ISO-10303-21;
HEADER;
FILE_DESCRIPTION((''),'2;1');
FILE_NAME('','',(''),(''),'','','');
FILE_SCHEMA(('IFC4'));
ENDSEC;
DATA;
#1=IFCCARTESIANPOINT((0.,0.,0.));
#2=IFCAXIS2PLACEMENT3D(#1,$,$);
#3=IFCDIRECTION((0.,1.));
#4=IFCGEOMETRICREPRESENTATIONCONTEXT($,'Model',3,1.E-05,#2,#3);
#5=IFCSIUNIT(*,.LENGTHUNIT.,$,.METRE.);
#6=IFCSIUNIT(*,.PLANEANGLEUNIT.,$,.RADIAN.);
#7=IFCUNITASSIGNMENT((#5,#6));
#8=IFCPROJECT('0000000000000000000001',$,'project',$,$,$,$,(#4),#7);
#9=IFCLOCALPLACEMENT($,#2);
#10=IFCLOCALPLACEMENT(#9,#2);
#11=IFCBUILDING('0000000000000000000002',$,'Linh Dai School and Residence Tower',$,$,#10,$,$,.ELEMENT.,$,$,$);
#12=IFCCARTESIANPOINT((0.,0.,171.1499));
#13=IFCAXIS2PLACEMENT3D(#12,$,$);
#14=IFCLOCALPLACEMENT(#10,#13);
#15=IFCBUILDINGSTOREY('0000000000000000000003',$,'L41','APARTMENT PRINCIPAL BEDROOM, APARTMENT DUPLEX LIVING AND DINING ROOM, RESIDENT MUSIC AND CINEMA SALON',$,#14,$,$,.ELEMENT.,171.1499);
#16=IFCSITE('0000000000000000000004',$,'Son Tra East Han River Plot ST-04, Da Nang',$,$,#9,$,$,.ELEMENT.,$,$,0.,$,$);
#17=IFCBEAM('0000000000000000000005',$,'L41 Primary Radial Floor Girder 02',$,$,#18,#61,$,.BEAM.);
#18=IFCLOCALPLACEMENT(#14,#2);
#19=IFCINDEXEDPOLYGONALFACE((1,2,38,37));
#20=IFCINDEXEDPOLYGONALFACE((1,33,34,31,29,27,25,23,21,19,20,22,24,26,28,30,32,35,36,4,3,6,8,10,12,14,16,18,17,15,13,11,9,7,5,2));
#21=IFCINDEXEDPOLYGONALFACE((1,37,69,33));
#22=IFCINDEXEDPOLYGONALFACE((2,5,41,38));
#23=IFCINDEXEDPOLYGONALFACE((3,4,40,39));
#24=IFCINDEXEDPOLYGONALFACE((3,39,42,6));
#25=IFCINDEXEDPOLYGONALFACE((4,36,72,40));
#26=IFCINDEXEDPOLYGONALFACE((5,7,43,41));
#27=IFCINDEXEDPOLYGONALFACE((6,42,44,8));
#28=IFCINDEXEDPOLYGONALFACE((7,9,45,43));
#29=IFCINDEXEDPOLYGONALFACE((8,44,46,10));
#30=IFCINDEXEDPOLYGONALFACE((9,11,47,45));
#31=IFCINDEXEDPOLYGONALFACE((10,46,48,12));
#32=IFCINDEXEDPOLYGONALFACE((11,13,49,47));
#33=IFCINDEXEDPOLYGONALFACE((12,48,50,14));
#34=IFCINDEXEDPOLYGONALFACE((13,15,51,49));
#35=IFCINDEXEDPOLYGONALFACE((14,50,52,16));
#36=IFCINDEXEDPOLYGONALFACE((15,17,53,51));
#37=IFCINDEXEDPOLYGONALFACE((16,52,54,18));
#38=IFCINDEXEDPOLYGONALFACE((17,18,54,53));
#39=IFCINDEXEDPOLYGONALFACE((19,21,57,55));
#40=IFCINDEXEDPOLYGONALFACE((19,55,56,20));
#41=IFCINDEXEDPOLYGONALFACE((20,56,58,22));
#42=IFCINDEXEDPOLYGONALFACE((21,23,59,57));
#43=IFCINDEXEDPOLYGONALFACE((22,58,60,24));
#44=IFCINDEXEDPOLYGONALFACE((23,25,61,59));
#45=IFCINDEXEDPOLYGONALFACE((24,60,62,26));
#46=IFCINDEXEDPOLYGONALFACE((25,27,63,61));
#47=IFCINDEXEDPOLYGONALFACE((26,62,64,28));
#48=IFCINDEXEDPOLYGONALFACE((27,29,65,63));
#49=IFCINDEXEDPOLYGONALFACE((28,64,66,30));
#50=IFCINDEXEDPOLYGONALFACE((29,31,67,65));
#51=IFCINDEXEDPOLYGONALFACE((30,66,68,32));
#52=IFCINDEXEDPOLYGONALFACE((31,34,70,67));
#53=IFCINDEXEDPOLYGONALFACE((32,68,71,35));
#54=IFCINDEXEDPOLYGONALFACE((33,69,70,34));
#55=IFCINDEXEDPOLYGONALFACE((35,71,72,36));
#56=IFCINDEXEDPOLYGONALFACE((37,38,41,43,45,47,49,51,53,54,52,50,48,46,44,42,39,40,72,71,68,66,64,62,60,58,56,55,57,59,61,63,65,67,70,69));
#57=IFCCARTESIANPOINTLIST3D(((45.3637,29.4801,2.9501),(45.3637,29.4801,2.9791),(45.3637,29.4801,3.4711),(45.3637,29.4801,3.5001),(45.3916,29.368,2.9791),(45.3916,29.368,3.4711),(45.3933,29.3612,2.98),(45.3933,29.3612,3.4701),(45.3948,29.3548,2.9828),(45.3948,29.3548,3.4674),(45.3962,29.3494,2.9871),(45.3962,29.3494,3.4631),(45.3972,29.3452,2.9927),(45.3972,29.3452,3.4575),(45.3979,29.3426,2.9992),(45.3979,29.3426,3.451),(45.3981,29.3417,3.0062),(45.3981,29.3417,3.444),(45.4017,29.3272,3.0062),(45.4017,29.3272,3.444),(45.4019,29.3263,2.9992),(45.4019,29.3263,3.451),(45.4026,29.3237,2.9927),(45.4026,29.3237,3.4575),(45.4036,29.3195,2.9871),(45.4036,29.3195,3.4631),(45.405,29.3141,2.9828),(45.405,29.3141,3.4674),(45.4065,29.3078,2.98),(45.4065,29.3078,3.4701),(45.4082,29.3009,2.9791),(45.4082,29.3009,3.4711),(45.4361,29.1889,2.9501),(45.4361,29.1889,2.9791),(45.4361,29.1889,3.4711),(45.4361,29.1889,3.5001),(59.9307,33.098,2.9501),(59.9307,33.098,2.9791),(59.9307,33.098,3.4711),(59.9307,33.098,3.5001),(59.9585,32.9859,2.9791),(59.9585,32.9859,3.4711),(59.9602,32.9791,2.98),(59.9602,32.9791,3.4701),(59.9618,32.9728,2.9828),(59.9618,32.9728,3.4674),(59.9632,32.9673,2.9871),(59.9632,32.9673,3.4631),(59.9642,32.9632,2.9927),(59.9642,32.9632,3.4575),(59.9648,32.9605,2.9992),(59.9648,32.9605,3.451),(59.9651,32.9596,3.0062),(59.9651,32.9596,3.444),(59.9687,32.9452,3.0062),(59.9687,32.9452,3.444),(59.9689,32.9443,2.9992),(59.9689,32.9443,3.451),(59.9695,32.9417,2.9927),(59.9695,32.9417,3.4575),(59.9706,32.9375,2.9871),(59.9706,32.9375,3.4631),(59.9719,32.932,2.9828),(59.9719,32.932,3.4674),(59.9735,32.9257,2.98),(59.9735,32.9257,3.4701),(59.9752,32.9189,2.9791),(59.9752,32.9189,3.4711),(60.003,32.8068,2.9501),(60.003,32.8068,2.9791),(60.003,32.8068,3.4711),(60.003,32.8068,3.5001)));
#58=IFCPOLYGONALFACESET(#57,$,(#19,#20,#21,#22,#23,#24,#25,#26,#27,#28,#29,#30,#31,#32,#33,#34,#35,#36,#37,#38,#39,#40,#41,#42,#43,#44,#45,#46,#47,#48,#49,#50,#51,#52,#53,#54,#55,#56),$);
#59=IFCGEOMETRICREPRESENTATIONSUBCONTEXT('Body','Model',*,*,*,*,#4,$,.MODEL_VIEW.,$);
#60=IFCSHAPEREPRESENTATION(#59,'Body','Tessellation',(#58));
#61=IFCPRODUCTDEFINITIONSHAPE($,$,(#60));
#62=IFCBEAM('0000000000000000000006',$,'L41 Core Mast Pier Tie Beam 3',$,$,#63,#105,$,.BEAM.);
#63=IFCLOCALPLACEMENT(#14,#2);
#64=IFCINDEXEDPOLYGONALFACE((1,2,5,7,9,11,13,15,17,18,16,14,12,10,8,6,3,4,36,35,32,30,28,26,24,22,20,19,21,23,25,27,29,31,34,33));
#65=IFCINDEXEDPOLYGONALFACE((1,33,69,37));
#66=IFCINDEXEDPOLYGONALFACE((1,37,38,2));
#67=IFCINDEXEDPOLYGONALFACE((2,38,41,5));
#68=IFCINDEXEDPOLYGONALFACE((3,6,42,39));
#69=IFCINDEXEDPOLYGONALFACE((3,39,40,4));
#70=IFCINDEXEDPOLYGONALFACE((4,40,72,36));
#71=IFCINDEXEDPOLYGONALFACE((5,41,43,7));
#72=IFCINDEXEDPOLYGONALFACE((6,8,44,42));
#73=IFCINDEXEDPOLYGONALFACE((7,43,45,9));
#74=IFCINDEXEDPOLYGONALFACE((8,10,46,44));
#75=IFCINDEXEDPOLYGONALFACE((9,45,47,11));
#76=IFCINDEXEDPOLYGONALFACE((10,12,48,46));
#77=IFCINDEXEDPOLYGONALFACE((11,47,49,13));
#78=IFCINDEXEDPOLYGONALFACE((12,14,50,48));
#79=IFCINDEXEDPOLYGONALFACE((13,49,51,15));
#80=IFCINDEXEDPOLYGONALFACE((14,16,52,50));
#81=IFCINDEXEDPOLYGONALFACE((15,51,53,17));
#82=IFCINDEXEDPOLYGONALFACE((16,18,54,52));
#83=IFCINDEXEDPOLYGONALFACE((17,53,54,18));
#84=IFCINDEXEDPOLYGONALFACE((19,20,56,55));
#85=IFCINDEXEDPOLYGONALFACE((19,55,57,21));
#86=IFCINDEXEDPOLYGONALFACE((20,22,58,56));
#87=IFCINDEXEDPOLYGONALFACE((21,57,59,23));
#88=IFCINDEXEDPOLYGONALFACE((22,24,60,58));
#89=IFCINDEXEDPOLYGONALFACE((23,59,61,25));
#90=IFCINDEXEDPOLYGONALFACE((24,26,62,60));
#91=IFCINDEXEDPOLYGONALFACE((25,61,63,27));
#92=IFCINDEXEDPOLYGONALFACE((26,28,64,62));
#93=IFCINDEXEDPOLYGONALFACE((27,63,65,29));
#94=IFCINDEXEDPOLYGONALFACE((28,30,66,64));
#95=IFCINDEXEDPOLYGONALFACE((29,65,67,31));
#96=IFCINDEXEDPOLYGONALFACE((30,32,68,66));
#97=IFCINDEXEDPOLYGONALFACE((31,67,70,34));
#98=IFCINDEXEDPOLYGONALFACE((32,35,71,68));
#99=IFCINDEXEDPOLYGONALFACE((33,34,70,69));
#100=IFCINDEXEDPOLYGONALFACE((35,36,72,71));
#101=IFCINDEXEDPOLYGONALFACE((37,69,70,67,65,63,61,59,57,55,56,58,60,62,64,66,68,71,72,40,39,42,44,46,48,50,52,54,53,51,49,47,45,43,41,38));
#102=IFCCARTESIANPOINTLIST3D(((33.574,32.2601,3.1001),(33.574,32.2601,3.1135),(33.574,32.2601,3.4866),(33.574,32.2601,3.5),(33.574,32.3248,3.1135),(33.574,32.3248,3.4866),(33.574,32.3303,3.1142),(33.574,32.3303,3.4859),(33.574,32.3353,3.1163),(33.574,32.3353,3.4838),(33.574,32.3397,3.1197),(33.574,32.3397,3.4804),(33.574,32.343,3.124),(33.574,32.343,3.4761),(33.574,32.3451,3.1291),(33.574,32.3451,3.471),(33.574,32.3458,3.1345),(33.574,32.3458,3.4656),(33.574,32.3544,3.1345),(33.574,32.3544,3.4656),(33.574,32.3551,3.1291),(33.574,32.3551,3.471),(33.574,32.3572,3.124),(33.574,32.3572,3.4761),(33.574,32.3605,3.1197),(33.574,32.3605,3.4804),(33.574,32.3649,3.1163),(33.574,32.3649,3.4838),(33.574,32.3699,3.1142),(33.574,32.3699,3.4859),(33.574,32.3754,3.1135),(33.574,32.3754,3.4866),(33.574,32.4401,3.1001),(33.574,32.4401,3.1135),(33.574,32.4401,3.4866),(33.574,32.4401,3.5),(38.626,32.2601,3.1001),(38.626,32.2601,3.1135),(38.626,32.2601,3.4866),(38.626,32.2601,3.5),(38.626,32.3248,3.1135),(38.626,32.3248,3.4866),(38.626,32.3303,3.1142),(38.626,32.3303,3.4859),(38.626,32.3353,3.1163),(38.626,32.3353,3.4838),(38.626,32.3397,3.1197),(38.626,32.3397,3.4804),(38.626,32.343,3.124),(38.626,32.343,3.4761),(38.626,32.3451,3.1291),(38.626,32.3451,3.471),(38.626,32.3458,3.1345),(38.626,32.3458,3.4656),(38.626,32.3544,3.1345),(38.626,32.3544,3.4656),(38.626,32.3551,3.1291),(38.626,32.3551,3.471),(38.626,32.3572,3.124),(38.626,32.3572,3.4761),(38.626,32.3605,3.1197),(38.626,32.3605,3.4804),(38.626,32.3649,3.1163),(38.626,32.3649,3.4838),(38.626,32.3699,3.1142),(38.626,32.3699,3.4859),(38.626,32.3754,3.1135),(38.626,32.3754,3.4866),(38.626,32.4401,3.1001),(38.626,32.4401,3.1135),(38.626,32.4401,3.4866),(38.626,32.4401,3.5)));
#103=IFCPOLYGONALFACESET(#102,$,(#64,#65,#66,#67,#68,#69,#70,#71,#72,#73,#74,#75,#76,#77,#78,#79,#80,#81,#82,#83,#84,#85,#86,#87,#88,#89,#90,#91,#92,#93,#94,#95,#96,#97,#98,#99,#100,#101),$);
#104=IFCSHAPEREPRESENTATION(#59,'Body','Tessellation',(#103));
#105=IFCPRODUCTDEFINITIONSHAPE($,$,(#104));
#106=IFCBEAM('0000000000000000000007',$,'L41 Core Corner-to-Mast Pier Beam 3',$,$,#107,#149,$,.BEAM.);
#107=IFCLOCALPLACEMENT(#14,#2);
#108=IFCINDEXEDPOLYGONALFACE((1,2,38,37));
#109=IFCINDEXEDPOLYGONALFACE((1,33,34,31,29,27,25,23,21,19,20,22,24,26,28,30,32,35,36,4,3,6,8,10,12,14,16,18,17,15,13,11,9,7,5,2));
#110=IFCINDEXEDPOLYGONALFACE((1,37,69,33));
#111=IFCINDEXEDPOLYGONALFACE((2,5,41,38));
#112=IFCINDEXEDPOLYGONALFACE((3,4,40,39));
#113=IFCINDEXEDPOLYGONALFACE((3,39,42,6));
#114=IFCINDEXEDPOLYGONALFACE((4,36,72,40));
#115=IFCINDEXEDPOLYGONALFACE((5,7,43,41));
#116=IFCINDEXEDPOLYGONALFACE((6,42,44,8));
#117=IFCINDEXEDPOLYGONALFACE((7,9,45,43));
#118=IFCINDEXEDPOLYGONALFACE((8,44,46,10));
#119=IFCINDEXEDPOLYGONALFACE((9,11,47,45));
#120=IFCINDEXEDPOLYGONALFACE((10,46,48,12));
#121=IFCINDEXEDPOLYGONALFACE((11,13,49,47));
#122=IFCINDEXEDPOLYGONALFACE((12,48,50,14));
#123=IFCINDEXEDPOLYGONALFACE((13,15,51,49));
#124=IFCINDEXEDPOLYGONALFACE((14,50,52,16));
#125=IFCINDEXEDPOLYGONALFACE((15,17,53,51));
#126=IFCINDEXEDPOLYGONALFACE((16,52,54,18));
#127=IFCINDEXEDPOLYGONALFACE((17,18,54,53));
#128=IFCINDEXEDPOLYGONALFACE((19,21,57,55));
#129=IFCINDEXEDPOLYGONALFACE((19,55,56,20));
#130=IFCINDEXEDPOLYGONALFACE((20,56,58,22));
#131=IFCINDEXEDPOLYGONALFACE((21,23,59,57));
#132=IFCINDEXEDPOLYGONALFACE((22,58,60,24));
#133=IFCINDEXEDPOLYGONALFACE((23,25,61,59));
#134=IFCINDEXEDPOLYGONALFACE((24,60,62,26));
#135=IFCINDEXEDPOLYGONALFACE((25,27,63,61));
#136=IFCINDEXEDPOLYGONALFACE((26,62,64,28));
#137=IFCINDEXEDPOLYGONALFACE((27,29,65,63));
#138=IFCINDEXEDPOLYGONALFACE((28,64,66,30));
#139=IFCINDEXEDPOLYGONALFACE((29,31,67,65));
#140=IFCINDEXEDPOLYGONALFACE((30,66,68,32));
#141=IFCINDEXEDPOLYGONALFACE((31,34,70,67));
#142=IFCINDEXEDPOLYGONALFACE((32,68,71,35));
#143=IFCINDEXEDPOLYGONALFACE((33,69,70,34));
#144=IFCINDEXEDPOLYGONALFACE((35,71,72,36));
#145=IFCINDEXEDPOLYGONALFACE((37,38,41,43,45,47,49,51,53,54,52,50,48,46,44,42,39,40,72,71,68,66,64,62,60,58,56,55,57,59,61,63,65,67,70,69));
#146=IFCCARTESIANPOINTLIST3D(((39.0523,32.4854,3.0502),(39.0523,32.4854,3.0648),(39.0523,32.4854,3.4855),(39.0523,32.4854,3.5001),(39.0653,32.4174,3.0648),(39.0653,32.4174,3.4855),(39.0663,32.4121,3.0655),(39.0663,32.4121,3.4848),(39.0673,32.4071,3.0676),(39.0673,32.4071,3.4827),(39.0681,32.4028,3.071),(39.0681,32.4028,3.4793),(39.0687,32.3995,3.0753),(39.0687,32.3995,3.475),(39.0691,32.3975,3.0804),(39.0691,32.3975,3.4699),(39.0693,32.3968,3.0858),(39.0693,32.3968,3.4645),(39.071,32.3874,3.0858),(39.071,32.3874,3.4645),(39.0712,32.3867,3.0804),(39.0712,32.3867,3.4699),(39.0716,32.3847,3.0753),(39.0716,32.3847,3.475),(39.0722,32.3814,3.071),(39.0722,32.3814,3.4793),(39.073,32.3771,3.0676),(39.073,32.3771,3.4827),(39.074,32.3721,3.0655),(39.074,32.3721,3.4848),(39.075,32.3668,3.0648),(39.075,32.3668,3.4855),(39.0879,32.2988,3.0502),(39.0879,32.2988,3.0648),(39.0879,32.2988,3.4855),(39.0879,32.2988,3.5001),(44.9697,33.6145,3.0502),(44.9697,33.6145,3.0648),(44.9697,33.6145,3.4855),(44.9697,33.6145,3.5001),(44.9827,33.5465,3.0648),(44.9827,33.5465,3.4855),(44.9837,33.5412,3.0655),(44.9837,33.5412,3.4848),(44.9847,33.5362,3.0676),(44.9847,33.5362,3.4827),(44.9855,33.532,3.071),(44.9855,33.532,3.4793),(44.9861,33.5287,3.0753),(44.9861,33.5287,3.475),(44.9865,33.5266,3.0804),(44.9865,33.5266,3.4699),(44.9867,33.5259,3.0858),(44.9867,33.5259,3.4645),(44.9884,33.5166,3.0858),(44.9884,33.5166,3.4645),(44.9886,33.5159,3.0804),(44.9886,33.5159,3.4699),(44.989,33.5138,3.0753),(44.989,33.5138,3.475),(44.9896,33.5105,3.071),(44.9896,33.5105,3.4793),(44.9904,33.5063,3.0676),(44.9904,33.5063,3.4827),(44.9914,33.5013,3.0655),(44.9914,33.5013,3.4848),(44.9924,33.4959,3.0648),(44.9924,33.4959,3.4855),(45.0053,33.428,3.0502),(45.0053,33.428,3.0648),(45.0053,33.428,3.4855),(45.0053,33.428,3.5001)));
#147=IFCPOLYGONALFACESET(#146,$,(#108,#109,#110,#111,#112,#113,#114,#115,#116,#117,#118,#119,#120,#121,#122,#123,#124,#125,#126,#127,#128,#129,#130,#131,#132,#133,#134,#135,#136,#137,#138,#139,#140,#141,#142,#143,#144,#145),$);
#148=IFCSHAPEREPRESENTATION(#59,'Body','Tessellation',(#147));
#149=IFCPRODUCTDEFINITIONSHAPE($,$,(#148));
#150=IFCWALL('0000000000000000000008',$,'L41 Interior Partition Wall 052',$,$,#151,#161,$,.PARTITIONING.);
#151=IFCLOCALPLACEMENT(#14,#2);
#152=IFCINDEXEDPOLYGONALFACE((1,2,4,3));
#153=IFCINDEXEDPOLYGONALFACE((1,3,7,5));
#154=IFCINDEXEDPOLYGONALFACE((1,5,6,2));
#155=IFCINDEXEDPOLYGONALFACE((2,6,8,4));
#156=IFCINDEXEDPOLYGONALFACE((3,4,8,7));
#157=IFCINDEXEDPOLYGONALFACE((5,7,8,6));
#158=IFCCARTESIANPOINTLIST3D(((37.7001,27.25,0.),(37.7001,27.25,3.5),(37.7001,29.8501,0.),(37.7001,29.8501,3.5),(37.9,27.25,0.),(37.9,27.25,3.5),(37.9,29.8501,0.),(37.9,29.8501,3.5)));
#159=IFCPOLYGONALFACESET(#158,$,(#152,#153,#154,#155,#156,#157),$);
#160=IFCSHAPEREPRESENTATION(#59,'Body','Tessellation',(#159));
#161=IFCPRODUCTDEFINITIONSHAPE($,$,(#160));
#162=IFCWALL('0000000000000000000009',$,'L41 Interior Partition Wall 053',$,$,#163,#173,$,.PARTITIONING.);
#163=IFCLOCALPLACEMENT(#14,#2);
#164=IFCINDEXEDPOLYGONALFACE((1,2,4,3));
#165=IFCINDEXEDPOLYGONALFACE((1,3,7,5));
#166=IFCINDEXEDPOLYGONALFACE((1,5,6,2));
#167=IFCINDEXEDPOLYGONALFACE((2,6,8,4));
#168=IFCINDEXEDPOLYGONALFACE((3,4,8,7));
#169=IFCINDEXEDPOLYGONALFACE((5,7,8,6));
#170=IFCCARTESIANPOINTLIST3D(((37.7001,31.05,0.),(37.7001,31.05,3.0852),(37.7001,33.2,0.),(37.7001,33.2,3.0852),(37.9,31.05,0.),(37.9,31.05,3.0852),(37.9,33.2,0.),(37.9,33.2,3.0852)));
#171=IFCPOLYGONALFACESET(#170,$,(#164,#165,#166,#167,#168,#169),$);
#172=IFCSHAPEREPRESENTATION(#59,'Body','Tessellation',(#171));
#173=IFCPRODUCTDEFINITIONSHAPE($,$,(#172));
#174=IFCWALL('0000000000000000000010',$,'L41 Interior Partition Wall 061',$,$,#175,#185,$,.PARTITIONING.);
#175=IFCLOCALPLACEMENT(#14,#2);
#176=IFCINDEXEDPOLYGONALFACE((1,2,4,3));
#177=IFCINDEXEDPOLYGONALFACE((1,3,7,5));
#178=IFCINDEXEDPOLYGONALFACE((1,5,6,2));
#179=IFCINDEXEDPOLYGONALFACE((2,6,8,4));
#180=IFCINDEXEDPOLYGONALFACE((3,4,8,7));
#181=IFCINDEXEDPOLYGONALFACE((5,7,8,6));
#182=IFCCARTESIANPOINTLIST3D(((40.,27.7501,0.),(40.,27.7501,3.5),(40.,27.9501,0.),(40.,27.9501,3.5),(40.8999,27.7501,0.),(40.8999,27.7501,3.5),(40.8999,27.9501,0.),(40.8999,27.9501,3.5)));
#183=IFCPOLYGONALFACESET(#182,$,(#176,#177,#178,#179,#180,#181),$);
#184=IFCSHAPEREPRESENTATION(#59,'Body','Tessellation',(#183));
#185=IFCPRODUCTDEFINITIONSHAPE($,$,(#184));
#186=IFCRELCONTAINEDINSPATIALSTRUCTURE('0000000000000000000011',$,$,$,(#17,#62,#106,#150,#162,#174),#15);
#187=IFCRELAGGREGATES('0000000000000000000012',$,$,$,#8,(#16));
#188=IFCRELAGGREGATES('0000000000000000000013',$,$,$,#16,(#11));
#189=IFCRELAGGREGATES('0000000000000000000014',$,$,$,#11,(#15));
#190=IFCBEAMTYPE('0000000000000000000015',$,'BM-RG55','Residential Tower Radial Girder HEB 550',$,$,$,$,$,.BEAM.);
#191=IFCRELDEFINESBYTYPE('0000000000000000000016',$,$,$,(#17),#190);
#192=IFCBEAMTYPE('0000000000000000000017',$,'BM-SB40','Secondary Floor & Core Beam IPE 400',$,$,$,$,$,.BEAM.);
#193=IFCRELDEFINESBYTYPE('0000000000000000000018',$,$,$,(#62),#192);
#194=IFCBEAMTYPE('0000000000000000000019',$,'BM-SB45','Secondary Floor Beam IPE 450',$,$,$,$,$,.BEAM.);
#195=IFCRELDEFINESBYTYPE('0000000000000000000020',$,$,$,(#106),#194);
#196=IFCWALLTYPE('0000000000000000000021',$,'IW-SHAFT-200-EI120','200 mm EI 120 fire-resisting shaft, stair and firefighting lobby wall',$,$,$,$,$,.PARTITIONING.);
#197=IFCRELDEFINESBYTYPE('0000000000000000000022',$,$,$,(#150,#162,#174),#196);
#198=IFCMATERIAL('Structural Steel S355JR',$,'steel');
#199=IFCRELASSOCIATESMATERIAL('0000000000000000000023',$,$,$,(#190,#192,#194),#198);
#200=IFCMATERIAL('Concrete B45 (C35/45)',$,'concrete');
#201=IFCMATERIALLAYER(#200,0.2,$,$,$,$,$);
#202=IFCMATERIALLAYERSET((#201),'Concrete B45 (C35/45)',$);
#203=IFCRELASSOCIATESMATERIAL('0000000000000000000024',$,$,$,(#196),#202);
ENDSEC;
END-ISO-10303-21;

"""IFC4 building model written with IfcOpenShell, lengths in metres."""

from ifc_helpers import new_model, si_unit, direction, frame, frame_2d, origin, origin_2d, place, context, subcontext, project, spatial, rectangle, i_section, extrude, material, layer, layer_set, material_profile, profile_set, type_object, element, save


model = new_model("IFC4")

# Units and contexts
model_context = context("Model", 3, precision=1e-05, world=origin(), true_north=direction((0.0, 1.0)))
body_context = subcontext(model_context, "Body", "Model", "MODEL_VIEW")
ifc_project = project(units=[si_unit("LENGTHUNIT", "METRE"), si_unit("PLANEANGLEUNIT", "RADIAN")], contexts=[model_context])

# Site, building, storey
site_placement = place(None, origin())
site = spatial("IfcSite", under=ifc_project, at=site_placement, Name="Son Tra East Han River Plot ST-04, Da Nang", CompositionType="ELEMENT", RefElevation=0.0)
building_placement = place(site_placement, origin())
building = spatial("IfcBuilding", under=site, at=building_placement, Name="Linh Dai School and Residence Tower", CompositionType="ELEMENT")
storey_placement = place(building_placement, frame((0.0, 0.0, 171.1499)))
storey = spatial("IfcBuildingStorey", under=building, at=storey_placement, Name="L41", Description="APARTMENT PRINCIPAL BEDROOM, APARTMENT DUPLEX LIVING AND DINING ROOM, RESIDENT MUSIC AND CINEMA SALON", CompositionType="ELEMENT", Elevation=171.1499)

# Shared definitions
ifc_material_1 = material(Name="Structural Steel S355JR", Category="steel")

# Beams
ifc_material_profile_1 = material_profile(ifc_material_1, i_section(OverallWidth=0.3, OverallDepth=0.55, WebThickness=0.0149, FlangeThickness=0.0291, FilletRadius=0.0271, at=origin_2d()), Name="HEB 550")
ifc_profile_set_1 = profile_set([ifc_material_profile_1], Name="Structural Steel S355JR")
beam_type_1 = type_object("IfcBeamType", Name="BM-RG55", Description="Residential Tower Radial Girder HEB 550", PredefinedType="BEAM", material=ifc_profile_set_1)
beam_1_placement = place(storey_placement, frame((45.3999, 29.3345, 3.2251), z_axis=(0.970515, 0.241043, 0.0), x_axis=(-0.241043, 0.970515, 0.0)))
element("IfcBeam", 1, at=beam_1_placement, inside=storey, type_object=beam_type_1, Name="L41 Primary Radial Floor Girder 02", PredefinedType="BEAM", context=body_context, shape_type="SweptSolid", body=[
    extrude(i_section(OverallWidth=0.3, OverallDepth=0.55, WebThickness=0.0149, FlangeThickness=0.0291, FilletRadius=0.0271, at=origin_2d()), origin(), (0.0, 0.0, 1.0), 15.0095),
])
ifc_material_profile_2 = material_profile(ifc_material_1, i_section(OverallWidth=0.1799, OverallDepth=0.3999, WebThickness=0.0085, FlangeThickness=0.0134, FilletRadius=0.021, at=origin_2d()), Name="IPE 400")
ifc_profile_set_2 = profile_set([ifc_material_profile_2], Name="Structural Steel S355JR")
beam_type_2 = type_object("IfcBeamType", Name="BM-SB40", Description="Secondary Floor & Core Beam IPE 400", PredefinedType="BEAM", material=ifc_profile_set_2)
beam_2_placement = place(storey_placement, frame((38.626, 32.3501, 3.3), z_axis=(-1.0, 0.0, 0.0), x_axis=(0.0, -1.0, 0.0)))
element("IfcBeam", 2, at=beam_2_placement, inside=storey, type_object=beam_type_2, Name="L41 Core Mast Pier Tie Beam 3", PredefinedType="BEAM", context=body_context, shape_type="SweptSolid", body=[
    extrude(i_section(OverallWidth=0.1799, OverallDepth=0.3999, WebThickness=0.0085, FlangeThickness=0.0134, FilletRadius=0.021, at=origin_2d()), origin(), (0.0, 0.0, 1.0), 5.052),
])
ifc_material_profile_3 = material_profile(ifc_material_1, i_section(OverallWidth=0.1899, OverallDepth=0.45, WebThickness=0.0095, FlangeThickness=0.0146, FilletRadius=0.021, at=origin_2d()), Name="IPE 450")
ifc_profile_set_3 = profile_set([ifc_material_profile_3], Name="Structural Steel S355JR")
beam_type_3 = type_object("IfcBeamType", Name="BM-SB45", Description="Secondary Floor Beam IPE 450", PredefinedType="BEAM", material=ifc_profile_set_3)
beam_3_placement = place(storey_placement, frame((44.9875, 33.5212, 3.2751), z_axis=(-0.982277, -0.187434, 0.0), x_axis=(0.187434, -0.982277, 0.0)))
element("IfcBeam", 3, at=beam_3_placement, inside=storey, type_object=beam_type_3, Name="L41 Core Corner-to-Mast Pier Beam 3", PredefinedType="BEAM", context=body_context, shape_type="SweptSolid", body=[
    extrude(i_section(OverallWidth=0.1899, OverallDepth=0.45, WebThickness=0.0095, FlangeThickness=0.0146, FilletRadius=0.021, at=origin_2d()), origin(), (0.0, 0.0, 1.0), 6.0242),
])

# Walls
ifc_material_2 = material(Name="Concrete B45 (C35/45)", Category="concrete")
ifc_layer_1 = layer(ifc_material_2, 0.2)
ifc_layer_set_1 = layer_set([ifc_layer_1], Name="Concrete B45 (C35/45)")
wall_type_1 = type_object("IfcWallType", Name="IW-SHAFT-200-EI120", Description="200 mm EI 120 fire-resisting shaft, stair and firefighting lobby wall", PredefinedType="PARTITIONING", material=ifc_layer_set_1)
wall_1_placement = place(storey_placement, frame((37.8, 27.25, 0.0), z_axis=(0.0, 0.0, 1.0), x_axis=(0.0, 1.0, 0.0)))
element("IfcWall", 4, at=wall_1_placement, inside=storey, type_object=wall_type_1, Name="L41 Interior Partition Wall 052", PredefinedType="PARTITIONING", context=body_context, shape_type="SweptSolid", body=[
    extrude(rectangle(XDim=2.6001, YDim=0.2, at=frame_2d((1.3, 0.0))), origin(), (0.0, 0.0, 1.0), 3.5),
])
wall_2_placement = place(storey_placement, frame((37.8, 31.05, 0.0), z_axis=(0.0, 0.0, 1.0), x_axis=(0.0, 1.0, 0.0)))
element("IfcWall", 5, at=wall_2_placement, inside=storey, type_object=wall_type_1, Name="L41 Interior Partition Wall 053", PredefinedType="PARTITIONING", context=body_context, shape_type="SweptSolid", body=[
    extrude(rectangle(XDim=2.1499, YDim=0.2, at=frame_2d((1.075, 0.0))), origin(), (0.0, 0.0, 1.0), 3.0852),
])
wall_3_placement = place(storey_placement, frame((40.0, 27.8501, 0.0), z_axis=(0.0, 0.0, 1.0), x_axis=(1.0, 0.0, 0.0)))
element("IfcWall", 6, at=wall_3_placement, inside=storey, type_object=wall_type_1, Name="L41 Interior Partition Wall 061", PredefinedType="PARTITIONING", context=body_context, shape_type="SweptSolid", body=[
    extrude(rectangle(XDim=0.8999, YDim=0.2, at=frame_2d((0.45, 0.0))), origin(), (0.0, 0.0, 1.0), 3.5),
])

save(model, "model.ifc")
